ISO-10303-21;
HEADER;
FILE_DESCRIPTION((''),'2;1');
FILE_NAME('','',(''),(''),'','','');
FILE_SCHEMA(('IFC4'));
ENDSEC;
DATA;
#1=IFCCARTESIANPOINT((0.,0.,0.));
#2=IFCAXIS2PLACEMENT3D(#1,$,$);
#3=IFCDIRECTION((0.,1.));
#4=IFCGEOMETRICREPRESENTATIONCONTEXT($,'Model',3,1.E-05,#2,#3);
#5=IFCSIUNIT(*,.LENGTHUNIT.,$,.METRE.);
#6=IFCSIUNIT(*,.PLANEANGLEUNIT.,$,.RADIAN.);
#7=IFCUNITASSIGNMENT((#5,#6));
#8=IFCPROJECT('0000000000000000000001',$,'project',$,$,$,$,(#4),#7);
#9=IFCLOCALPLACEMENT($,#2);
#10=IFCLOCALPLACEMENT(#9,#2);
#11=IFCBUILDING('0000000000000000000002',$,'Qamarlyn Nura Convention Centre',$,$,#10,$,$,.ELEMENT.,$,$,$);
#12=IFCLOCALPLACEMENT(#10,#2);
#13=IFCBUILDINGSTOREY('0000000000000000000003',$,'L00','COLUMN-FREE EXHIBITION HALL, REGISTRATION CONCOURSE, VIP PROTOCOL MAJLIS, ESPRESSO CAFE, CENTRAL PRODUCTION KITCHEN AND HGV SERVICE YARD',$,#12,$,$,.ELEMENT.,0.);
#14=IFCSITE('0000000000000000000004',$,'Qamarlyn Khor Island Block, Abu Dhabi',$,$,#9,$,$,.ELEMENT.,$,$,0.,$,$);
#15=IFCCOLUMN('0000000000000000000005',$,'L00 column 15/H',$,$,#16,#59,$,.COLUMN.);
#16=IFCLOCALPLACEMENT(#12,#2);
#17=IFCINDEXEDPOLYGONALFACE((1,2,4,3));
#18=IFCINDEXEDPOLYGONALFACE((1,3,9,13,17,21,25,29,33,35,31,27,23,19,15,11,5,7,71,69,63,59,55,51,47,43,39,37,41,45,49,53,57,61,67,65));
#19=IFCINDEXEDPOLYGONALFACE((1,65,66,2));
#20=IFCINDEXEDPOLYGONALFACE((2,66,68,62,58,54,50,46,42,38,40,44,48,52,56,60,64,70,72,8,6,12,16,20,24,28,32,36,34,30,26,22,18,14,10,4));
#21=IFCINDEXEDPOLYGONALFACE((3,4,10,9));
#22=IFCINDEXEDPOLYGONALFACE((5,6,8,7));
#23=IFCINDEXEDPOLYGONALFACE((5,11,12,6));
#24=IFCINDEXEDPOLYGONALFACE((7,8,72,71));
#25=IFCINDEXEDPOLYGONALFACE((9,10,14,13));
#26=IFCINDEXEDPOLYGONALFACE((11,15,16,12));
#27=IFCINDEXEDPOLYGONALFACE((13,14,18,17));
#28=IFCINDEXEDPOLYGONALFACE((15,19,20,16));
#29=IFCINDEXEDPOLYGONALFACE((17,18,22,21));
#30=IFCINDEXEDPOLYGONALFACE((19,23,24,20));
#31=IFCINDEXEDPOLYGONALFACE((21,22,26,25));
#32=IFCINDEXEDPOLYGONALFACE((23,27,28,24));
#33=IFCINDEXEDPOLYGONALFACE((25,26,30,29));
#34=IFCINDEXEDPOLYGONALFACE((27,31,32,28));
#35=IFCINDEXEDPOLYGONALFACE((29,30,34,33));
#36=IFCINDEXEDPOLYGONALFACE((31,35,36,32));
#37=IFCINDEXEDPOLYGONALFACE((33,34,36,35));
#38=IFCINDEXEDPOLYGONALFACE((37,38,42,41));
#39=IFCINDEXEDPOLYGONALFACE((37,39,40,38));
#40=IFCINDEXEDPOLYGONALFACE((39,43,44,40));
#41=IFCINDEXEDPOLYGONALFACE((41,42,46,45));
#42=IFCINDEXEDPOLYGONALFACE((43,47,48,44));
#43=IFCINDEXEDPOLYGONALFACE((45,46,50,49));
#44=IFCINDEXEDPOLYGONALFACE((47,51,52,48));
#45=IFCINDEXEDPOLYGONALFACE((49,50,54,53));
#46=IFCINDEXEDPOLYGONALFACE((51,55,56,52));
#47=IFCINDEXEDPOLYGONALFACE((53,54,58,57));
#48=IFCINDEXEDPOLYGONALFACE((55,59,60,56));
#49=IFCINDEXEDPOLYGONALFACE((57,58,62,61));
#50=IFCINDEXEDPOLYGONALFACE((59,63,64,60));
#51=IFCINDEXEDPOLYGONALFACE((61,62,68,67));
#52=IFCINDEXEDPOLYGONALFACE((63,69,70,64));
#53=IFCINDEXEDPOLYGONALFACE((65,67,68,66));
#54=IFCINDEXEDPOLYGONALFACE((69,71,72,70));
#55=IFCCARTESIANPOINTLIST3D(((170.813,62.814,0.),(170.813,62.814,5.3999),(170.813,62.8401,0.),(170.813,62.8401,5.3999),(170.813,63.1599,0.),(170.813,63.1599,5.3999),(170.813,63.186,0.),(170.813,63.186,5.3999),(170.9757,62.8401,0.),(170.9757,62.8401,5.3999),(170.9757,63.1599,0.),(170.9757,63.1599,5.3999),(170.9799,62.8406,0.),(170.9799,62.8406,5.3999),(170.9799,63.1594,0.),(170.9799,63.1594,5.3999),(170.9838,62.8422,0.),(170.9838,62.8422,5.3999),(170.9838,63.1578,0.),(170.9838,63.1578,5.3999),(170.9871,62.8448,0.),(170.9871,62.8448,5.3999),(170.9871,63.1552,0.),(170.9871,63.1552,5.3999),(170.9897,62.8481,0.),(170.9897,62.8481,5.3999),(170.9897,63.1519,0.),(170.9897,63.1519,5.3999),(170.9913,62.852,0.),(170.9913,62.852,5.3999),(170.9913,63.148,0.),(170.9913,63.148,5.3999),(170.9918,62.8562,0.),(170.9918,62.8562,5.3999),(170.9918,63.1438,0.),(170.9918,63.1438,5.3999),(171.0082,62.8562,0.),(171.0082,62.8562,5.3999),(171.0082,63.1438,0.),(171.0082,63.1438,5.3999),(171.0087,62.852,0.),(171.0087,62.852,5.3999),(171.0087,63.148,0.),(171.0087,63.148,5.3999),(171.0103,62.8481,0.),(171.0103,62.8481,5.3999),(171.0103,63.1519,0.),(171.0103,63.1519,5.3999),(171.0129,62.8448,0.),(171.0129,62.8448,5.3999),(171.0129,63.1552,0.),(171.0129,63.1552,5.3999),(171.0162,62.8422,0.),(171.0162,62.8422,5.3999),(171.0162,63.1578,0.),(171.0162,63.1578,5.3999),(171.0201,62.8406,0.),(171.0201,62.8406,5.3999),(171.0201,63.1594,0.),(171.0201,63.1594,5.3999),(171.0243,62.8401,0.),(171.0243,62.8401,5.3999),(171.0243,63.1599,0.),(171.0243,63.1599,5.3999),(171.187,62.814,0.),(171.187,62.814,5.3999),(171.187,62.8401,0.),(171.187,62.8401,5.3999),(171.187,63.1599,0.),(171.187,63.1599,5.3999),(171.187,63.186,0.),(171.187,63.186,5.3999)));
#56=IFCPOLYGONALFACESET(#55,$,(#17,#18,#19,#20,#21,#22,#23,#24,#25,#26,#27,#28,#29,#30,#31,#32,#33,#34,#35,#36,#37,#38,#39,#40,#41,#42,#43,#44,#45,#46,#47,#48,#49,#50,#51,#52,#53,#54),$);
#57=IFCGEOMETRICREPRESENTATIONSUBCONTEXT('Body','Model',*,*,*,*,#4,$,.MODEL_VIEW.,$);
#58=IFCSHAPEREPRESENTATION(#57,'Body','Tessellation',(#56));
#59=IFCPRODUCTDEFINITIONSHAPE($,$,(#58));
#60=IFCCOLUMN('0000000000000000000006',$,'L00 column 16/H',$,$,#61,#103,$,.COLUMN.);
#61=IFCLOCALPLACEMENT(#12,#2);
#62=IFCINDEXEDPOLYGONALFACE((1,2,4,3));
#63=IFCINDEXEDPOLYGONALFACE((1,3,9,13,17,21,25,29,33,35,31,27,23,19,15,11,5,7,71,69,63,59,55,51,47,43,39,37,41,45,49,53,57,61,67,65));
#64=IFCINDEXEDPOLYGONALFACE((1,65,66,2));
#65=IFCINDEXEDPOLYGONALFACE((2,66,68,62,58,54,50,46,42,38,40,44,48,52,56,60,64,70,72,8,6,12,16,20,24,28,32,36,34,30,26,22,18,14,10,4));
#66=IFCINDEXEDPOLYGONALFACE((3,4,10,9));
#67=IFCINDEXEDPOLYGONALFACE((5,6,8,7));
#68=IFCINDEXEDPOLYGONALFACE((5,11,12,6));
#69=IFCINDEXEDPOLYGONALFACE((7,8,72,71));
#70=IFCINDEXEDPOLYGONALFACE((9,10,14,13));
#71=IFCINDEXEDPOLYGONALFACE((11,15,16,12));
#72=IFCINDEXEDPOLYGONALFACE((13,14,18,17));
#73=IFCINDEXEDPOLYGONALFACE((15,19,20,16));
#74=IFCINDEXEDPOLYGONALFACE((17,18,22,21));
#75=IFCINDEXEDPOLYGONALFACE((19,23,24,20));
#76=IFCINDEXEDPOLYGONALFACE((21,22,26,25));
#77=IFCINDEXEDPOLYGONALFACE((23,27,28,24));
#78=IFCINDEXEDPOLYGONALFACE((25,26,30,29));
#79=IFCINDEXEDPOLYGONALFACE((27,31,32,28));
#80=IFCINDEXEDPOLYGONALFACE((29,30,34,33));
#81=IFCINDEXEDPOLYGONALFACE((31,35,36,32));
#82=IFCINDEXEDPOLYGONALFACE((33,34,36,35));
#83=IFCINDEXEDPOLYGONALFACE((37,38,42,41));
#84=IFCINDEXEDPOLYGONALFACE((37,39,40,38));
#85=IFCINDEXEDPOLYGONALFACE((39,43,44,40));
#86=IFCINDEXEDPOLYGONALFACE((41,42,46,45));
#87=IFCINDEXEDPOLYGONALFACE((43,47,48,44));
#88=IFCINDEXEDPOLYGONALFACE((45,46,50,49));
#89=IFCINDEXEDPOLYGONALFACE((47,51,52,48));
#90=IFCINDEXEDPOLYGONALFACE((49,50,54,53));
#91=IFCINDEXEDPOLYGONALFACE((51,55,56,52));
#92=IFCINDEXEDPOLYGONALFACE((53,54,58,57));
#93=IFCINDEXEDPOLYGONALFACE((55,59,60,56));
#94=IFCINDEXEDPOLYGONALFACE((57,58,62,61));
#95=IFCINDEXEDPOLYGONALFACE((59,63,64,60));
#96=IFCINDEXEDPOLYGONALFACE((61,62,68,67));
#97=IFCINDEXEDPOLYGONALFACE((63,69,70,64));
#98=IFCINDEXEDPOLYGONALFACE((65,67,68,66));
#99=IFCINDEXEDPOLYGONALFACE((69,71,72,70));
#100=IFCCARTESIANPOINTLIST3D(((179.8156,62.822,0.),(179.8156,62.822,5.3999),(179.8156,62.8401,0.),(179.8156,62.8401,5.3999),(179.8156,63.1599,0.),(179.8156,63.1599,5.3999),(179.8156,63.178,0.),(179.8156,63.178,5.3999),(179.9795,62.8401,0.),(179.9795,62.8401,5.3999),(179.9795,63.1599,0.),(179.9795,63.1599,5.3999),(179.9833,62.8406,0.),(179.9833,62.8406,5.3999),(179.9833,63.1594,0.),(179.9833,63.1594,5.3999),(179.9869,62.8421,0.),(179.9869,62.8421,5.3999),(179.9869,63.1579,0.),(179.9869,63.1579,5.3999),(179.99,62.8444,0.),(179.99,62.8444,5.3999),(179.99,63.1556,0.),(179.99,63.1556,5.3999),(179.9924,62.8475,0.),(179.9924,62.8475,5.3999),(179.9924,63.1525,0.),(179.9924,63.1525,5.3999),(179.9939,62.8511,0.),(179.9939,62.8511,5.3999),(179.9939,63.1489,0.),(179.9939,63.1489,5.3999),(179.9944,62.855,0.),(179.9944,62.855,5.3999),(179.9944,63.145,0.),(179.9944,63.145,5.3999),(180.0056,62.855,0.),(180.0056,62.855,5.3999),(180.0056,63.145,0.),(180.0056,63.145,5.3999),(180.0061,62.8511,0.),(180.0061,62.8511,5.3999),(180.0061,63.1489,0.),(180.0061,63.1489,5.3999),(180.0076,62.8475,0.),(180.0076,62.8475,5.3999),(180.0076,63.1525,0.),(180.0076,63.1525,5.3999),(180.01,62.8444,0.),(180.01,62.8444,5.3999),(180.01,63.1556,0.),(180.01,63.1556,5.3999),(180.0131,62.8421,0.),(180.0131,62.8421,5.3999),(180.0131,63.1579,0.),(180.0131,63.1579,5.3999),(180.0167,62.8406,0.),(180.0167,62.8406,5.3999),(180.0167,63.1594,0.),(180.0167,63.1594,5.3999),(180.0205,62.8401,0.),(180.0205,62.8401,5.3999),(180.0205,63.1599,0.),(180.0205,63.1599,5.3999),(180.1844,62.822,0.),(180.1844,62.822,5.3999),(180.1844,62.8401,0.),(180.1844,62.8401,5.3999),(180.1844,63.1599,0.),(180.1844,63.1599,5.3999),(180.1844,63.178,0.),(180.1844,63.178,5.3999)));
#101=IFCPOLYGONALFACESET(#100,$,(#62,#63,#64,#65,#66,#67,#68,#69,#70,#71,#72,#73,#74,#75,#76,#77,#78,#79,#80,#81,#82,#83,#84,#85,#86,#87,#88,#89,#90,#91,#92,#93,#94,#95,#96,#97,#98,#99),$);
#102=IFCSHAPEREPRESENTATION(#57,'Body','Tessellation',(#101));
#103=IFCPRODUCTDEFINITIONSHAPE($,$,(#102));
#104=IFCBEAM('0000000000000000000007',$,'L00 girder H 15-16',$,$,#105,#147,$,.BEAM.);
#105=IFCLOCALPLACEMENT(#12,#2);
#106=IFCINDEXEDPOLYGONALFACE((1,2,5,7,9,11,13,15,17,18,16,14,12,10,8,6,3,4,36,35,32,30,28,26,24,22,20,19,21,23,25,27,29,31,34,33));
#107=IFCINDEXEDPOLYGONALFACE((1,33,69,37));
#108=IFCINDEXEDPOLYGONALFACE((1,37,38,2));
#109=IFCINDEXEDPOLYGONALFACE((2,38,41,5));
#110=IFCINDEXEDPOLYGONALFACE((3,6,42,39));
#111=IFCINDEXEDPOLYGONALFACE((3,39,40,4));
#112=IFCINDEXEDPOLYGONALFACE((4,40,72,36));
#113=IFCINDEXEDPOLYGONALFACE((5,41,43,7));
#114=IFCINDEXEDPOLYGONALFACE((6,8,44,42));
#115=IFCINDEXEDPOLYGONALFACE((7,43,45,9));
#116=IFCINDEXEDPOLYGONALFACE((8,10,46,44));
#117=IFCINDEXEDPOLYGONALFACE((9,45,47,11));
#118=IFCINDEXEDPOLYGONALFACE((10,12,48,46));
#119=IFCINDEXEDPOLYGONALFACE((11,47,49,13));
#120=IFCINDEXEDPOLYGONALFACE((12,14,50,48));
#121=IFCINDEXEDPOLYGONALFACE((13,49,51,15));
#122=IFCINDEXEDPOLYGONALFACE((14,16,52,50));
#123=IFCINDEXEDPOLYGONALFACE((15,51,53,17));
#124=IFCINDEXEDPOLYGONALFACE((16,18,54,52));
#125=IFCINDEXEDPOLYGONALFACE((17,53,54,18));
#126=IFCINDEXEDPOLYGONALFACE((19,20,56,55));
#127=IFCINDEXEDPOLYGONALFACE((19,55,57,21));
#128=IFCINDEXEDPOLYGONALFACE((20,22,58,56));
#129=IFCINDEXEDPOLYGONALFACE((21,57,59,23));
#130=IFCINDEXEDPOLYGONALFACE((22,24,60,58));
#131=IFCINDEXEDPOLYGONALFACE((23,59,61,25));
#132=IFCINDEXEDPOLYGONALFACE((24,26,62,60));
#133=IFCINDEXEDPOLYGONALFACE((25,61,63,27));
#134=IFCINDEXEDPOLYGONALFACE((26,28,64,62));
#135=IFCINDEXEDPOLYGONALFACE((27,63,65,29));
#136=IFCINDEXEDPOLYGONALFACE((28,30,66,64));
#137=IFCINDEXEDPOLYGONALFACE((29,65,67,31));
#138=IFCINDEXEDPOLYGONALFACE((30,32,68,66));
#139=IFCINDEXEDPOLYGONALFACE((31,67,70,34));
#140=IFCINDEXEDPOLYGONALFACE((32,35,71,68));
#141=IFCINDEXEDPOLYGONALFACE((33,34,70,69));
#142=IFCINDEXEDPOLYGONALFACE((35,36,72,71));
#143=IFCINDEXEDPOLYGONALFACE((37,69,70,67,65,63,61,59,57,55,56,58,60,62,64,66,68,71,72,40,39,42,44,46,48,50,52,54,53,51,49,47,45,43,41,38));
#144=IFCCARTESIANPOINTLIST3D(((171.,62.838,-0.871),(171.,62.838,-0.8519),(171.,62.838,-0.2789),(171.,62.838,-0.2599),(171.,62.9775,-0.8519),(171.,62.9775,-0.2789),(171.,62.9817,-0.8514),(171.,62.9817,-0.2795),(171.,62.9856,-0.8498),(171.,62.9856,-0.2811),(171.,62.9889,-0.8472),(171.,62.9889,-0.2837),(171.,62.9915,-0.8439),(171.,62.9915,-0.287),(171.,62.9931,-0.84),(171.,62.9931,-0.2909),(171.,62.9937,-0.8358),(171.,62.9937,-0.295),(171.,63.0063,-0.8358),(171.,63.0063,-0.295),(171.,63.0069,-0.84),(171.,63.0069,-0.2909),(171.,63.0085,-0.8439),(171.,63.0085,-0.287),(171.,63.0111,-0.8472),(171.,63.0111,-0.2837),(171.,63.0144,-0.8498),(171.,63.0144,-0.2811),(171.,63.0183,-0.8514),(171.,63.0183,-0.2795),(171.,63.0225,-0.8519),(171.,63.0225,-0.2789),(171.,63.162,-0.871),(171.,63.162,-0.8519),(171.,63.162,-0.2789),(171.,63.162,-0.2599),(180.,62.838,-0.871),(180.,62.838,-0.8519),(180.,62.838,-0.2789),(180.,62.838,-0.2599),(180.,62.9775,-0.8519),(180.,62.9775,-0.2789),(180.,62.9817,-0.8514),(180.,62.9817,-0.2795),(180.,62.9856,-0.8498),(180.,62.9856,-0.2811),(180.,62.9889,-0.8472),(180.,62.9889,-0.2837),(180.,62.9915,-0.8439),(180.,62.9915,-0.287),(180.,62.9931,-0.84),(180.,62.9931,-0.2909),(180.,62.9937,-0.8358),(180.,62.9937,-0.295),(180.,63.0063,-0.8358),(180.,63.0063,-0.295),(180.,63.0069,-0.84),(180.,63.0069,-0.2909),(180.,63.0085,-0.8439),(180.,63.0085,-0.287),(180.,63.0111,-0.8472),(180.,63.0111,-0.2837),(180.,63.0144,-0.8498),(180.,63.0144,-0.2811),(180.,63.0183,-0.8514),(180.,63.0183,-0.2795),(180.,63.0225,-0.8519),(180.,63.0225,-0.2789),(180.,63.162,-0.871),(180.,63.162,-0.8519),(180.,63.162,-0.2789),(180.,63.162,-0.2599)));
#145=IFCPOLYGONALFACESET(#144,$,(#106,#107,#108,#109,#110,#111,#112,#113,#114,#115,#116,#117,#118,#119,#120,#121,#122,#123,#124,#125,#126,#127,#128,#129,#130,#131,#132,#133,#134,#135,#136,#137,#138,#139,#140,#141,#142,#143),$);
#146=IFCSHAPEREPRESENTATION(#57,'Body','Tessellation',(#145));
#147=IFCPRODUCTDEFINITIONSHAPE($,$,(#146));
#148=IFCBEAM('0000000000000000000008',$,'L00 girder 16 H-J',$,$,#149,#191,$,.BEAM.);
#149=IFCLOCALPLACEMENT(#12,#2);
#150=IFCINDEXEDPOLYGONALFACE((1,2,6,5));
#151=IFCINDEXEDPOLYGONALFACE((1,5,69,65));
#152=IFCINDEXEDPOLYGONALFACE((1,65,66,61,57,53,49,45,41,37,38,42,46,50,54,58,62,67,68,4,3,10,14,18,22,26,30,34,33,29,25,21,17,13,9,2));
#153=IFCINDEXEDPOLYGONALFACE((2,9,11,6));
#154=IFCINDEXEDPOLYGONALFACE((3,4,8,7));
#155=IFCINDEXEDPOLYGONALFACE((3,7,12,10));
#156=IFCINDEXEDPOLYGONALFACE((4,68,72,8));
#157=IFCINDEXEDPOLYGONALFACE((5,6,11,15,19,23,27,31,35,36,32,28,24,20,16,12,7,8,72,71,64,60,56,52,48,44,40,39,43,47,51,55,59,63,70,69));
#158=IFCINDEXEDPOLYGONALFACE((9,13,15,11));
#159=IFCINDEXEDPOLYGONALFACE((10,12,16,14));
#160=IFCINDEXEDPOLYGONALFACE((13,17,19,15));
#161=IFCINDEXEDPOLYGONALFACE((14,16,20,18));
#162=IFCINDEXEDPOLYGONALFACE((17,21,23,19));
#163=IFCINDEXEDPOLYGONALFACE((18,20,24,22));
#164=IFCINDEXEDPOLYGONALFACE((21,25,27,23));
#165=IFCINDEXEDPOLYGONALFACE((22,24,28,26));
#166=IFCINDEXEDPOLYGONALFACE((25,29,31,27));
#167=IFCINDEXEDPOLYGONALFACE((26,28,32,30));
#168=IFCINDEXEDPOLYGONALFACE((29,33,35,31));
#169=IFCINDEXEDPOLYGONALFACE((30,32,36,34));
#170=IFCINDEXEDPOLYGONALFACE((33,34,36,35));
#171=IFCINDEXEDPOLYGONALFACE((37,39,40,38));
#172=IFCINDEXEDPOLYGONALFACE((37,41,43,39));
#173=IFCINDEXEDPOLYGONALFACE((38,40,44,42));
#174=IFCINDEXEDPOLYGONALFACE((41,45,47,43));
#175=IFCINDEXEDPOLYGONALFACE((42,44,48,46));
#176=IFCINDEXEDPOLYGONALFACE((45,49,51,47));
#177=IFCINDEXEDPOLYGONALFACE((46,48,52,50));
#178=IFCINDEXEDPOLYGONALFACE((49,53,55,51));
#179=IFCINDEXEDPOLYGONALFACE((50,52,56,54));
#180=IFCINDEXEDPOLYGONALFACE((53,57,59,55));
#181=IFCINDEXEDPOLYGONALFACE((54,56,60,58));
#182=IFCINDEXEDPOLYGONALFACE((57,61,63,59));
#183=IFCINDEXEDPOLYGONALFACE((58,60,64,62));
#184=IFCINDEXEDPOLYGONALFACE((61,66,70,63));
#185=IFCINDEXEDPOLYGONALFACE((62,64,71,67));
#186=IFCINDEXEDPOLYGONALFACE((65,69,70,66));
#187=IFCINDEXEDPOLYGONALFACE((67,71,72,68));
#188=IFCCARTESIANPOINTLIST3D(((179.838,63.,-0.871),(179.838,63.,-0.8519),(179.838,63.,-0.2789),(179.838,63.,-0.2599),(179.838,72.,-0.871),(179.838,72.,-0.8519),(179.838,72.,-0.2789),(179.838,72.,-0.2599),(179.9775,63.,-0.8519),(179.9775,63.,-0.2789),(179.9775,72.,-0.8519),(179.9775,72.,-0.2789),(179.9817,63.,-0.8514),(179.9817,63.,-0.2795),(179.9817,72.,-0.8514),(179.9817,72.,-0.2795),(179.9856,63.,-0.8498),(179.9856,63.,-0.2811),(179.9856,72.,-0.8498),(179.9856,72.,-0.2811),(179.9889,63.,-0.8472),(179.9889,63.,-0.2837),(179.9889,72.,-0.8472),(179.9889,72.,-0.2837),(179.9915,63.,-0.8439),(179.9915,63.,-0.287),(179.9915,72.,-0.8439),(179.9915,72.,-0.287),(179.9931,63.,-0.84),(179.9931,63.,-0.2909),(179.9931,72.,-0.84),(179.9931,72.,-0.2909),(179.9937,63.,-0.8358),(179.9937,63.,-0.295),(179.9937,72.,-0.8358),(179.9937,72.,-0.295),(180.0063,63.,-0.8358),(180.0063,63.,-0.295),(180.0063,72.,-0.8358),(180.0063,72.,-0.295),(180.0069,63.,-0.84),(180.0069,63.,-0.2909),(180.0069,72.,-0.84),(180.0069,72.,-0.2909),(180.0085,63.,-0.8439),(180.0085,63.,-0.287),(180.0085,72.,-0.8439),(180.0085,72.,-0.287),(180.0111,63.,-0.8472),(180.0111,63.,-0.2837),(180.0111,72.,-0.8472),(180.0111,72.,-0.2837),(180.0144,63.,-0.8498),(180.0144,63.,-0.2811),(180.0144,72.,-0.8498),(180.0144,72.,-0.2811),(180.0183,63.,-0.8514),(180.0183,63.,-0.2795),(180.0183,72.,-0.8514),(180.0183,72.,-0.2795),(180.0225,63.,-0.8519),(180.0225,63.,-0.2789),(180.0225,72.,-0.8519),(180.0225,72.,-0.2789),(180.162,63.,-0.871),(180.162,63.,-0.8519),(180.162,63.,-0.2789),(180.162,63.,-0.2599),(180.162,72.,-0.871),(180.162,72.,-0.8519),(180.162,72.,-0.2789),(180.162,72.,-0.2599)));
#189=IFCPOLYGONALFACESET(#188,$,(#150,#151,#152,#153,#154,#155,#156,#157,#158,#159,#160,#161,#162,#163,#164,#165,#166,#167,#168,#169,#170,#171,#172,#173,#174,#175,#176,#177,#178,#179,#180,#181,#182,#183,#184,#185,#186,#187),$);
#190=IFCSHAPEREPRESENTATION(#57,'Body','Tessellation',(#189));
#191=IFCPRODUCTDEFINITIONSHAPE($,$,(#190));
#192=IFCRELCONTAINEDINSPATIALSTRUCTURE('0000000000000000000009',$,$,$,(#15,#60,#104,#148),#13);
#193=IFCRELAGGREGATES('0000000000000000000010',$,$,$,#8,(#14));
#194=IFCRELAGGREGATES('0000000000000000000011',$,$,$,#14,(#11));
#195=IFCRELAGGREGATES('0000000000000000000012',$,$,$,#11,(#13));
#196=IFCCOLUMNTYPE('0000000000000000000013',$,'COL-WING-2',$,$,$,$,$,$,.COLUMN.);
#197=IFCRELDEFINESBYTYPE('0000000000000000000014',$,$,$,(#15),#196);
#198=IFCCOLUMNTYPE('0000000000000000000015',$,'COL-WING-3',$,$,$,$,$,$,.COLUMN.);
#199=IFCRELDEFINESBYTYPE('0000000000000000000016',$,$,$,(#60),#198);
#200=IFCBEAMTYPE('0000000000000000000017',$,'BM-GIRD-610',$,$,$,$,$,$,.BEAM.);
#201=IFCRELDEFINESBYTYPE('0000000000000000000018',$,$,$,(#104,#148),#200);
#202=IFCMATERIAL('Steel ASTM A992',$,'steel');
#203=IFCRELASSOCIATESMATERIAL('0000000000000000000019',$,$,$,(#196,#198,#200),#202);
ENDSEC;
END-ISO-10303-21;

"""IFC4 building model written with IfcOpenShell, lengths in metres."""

from ifc_helpers import new_model, si_unit, direction, frame, origin, origin_2d, place, context, subcontext, project, spatial, i_section, extrude, material, material_profile, profile_set, type_object, element, save


model = new_model("IFC4")

# Units and contexts
model_context = context("Model", 3, precision=1e-05, world=origin(), true_north=direction((0.0, 1.0)))
body_context = subcontext(model_context, "Body", "Model", "MODEL_VIEW")
ifc_project = project(units=[si_unit("LENGTHUNIT", "METRE"), si_unit("PLANEANGLEUNIT", "RADIAN")], contexts=[model_context])

# Site, building, storey
site_placement = place(None, origin())
site = spatial("IfcSite", under=ifc_project, at=site_placement, Name="Qamarlyn Khor Island Block, Abu Dhabi", CompositionType="ELEMENT", RefElevation=0.0)
building_placement = place(site_placement, origin())
building = spatial("IfcBuilding", under=site, at=building_placement, Name="Qamarlyn Nura Convention Centre", CompositionType="ELEMENT")
storey_placement = place(building_placement, origin())
storey = spatial("IfcBuildingStorey", under=building, at=storey_placement, Name="L00", Description="COLUMN-FREE EXHIBITION HALL, REGISTRATION CONCOURSE, VIP PROTOCOL MAJLIS, ESPRESSO CAFE, CENTRAL PRODUCTION KITCHEN AND HGV SERVICE YARD", CompositionType="ELEMENT", Elevation=0.0)

# Columns
ifc_material_1 = material(Name="Steel ASTM A992", Category="steel")
ifc_material_profile_1 = material_profile(ifc_material_1, i_section(OverallWidth=0.374, OverallDepth=0.3721, WebThickness=0.0164, FlangeThickness=0.0261, FilletRadius=0.0161, at=origin_2d()), Name="W360X196")
ifc_profile_set_1 = profile_set([ifc_material_profile_1], Name="Steel ASTM A992")
column_type_1 = type_object("IfcColumnType", Name="COL-WING-2", PredefinedType="COLUMN", material=ifc_profile_set_1)
column_1_placement = place(storey_placement, frame((171.0, 63.0, 0.0), z_axis=(0.0, 0.0, 1.0), x_axis=(1.0, 0.0, 0.0)))
element("IfcColumn", 1, at=column_1_placement, inside=storey, type_object=column_type_1, Name="L00 column 15/H", PredefinedType="COLUMN", context=body_context, shape_type="SweptSolid", body=[
    extrude(i_section(OverallWidth=0.374, OverallDepth=0.3721, WebThickness=0.0164, FlangeThickness=0.0261, FilletRadius=0.0161, at=origin_2d()), origin(), (0.0, 0.0, 1.0), 5.3999),
])
ifc_material_profile_2 = material_profile(ifc_material_1, i_section(OverallWidth=0.3689, OverallDepth=0.356, WebThickness=0.0112, FlangeThickness=0.0181, FilletRadius=0.0149, at=origin_2d()), Name="W360X134")
ifc_profile_set_2 = profile_set([ifc_material_profile_2], Name="Steel ASTM A992")
column_type_2 = type_object("IfcColumnType", Name="COL-WING-3", PredefinedType="COLUMN", material=ifc_profile_set_2)
column_2_placement = place(storey_placement, frame((180.0, 63.0, 0.0), z_axis=(0.0, 0.0, 1.0), x_axis=(1.0, 0.0, 0.0)))
element("IfcColumn", 2, at=column_2_placement, inside=storey, type_object=column_type_2, Name="L00 column 16/H", PredefinedType="COLUMN", context=body_context, shape_type="SweptSolid", body=[
    extrude(i_section(OverallWidth=0.3689, OverallDepth=0.356, WebThickness=0.0112, FlangeThickness=0.0181, FilletRadius=0.0149, at=origin_2d()), origin(), (0.0, 0.0, 1.0), 5.3999),
])

# Beams
ifc_material_profile_3 = material_profile(ifc_material_1, i_section(OverallWidth=0.324, OverallDepth=0.6111, WebThickness=0.0127, FlangeThickness=0.019, FilletRadius=0.0161, at=origin_2d()), Name="W610X155")
ifc_profile_set_3 = profile_set([ifc_material_profile_3], Name="Steel ASTM A992")
beam_type_1 = type_object("IfcBeamType", Name="BM-GIRD-610", PredefinedType="BEAM", material=ifc_profile_set_3)
for number, where, z_axis, x_axis, name in (
    (3, (171.0, 63.0, -0.5654), (1.0, 0.0, 0.0), (0.0, 1.0, 0.0), "L00 girder H 15-16"),
    (4, (180.0, 63.0, -0.5654), (0.0, 1.0, 0.0), (-1.0, 0.0, 0.0), "L00 girder 16 H-J"),
):
    element("IfcBeam", number, at=place(storey_placement, frame(where, z_axis=z_axis, x_axis=x_axis)), inside=storey, type_object=beam_type_1, Name=name, PredefinedType="BEAM", context=body_context, shape_type="SweptSolid", body=[
        extrude(i_section(OverallWidth=0.324, OverallDepth=0.6111, WebThickness=0.0127, FlangeThickness=0.019, FilletRadius=0.0161, at=origin_2d()), origin(), (0.0, 0.0, 1.0), 9.0),
    ])

save(model, "model.ifc")
